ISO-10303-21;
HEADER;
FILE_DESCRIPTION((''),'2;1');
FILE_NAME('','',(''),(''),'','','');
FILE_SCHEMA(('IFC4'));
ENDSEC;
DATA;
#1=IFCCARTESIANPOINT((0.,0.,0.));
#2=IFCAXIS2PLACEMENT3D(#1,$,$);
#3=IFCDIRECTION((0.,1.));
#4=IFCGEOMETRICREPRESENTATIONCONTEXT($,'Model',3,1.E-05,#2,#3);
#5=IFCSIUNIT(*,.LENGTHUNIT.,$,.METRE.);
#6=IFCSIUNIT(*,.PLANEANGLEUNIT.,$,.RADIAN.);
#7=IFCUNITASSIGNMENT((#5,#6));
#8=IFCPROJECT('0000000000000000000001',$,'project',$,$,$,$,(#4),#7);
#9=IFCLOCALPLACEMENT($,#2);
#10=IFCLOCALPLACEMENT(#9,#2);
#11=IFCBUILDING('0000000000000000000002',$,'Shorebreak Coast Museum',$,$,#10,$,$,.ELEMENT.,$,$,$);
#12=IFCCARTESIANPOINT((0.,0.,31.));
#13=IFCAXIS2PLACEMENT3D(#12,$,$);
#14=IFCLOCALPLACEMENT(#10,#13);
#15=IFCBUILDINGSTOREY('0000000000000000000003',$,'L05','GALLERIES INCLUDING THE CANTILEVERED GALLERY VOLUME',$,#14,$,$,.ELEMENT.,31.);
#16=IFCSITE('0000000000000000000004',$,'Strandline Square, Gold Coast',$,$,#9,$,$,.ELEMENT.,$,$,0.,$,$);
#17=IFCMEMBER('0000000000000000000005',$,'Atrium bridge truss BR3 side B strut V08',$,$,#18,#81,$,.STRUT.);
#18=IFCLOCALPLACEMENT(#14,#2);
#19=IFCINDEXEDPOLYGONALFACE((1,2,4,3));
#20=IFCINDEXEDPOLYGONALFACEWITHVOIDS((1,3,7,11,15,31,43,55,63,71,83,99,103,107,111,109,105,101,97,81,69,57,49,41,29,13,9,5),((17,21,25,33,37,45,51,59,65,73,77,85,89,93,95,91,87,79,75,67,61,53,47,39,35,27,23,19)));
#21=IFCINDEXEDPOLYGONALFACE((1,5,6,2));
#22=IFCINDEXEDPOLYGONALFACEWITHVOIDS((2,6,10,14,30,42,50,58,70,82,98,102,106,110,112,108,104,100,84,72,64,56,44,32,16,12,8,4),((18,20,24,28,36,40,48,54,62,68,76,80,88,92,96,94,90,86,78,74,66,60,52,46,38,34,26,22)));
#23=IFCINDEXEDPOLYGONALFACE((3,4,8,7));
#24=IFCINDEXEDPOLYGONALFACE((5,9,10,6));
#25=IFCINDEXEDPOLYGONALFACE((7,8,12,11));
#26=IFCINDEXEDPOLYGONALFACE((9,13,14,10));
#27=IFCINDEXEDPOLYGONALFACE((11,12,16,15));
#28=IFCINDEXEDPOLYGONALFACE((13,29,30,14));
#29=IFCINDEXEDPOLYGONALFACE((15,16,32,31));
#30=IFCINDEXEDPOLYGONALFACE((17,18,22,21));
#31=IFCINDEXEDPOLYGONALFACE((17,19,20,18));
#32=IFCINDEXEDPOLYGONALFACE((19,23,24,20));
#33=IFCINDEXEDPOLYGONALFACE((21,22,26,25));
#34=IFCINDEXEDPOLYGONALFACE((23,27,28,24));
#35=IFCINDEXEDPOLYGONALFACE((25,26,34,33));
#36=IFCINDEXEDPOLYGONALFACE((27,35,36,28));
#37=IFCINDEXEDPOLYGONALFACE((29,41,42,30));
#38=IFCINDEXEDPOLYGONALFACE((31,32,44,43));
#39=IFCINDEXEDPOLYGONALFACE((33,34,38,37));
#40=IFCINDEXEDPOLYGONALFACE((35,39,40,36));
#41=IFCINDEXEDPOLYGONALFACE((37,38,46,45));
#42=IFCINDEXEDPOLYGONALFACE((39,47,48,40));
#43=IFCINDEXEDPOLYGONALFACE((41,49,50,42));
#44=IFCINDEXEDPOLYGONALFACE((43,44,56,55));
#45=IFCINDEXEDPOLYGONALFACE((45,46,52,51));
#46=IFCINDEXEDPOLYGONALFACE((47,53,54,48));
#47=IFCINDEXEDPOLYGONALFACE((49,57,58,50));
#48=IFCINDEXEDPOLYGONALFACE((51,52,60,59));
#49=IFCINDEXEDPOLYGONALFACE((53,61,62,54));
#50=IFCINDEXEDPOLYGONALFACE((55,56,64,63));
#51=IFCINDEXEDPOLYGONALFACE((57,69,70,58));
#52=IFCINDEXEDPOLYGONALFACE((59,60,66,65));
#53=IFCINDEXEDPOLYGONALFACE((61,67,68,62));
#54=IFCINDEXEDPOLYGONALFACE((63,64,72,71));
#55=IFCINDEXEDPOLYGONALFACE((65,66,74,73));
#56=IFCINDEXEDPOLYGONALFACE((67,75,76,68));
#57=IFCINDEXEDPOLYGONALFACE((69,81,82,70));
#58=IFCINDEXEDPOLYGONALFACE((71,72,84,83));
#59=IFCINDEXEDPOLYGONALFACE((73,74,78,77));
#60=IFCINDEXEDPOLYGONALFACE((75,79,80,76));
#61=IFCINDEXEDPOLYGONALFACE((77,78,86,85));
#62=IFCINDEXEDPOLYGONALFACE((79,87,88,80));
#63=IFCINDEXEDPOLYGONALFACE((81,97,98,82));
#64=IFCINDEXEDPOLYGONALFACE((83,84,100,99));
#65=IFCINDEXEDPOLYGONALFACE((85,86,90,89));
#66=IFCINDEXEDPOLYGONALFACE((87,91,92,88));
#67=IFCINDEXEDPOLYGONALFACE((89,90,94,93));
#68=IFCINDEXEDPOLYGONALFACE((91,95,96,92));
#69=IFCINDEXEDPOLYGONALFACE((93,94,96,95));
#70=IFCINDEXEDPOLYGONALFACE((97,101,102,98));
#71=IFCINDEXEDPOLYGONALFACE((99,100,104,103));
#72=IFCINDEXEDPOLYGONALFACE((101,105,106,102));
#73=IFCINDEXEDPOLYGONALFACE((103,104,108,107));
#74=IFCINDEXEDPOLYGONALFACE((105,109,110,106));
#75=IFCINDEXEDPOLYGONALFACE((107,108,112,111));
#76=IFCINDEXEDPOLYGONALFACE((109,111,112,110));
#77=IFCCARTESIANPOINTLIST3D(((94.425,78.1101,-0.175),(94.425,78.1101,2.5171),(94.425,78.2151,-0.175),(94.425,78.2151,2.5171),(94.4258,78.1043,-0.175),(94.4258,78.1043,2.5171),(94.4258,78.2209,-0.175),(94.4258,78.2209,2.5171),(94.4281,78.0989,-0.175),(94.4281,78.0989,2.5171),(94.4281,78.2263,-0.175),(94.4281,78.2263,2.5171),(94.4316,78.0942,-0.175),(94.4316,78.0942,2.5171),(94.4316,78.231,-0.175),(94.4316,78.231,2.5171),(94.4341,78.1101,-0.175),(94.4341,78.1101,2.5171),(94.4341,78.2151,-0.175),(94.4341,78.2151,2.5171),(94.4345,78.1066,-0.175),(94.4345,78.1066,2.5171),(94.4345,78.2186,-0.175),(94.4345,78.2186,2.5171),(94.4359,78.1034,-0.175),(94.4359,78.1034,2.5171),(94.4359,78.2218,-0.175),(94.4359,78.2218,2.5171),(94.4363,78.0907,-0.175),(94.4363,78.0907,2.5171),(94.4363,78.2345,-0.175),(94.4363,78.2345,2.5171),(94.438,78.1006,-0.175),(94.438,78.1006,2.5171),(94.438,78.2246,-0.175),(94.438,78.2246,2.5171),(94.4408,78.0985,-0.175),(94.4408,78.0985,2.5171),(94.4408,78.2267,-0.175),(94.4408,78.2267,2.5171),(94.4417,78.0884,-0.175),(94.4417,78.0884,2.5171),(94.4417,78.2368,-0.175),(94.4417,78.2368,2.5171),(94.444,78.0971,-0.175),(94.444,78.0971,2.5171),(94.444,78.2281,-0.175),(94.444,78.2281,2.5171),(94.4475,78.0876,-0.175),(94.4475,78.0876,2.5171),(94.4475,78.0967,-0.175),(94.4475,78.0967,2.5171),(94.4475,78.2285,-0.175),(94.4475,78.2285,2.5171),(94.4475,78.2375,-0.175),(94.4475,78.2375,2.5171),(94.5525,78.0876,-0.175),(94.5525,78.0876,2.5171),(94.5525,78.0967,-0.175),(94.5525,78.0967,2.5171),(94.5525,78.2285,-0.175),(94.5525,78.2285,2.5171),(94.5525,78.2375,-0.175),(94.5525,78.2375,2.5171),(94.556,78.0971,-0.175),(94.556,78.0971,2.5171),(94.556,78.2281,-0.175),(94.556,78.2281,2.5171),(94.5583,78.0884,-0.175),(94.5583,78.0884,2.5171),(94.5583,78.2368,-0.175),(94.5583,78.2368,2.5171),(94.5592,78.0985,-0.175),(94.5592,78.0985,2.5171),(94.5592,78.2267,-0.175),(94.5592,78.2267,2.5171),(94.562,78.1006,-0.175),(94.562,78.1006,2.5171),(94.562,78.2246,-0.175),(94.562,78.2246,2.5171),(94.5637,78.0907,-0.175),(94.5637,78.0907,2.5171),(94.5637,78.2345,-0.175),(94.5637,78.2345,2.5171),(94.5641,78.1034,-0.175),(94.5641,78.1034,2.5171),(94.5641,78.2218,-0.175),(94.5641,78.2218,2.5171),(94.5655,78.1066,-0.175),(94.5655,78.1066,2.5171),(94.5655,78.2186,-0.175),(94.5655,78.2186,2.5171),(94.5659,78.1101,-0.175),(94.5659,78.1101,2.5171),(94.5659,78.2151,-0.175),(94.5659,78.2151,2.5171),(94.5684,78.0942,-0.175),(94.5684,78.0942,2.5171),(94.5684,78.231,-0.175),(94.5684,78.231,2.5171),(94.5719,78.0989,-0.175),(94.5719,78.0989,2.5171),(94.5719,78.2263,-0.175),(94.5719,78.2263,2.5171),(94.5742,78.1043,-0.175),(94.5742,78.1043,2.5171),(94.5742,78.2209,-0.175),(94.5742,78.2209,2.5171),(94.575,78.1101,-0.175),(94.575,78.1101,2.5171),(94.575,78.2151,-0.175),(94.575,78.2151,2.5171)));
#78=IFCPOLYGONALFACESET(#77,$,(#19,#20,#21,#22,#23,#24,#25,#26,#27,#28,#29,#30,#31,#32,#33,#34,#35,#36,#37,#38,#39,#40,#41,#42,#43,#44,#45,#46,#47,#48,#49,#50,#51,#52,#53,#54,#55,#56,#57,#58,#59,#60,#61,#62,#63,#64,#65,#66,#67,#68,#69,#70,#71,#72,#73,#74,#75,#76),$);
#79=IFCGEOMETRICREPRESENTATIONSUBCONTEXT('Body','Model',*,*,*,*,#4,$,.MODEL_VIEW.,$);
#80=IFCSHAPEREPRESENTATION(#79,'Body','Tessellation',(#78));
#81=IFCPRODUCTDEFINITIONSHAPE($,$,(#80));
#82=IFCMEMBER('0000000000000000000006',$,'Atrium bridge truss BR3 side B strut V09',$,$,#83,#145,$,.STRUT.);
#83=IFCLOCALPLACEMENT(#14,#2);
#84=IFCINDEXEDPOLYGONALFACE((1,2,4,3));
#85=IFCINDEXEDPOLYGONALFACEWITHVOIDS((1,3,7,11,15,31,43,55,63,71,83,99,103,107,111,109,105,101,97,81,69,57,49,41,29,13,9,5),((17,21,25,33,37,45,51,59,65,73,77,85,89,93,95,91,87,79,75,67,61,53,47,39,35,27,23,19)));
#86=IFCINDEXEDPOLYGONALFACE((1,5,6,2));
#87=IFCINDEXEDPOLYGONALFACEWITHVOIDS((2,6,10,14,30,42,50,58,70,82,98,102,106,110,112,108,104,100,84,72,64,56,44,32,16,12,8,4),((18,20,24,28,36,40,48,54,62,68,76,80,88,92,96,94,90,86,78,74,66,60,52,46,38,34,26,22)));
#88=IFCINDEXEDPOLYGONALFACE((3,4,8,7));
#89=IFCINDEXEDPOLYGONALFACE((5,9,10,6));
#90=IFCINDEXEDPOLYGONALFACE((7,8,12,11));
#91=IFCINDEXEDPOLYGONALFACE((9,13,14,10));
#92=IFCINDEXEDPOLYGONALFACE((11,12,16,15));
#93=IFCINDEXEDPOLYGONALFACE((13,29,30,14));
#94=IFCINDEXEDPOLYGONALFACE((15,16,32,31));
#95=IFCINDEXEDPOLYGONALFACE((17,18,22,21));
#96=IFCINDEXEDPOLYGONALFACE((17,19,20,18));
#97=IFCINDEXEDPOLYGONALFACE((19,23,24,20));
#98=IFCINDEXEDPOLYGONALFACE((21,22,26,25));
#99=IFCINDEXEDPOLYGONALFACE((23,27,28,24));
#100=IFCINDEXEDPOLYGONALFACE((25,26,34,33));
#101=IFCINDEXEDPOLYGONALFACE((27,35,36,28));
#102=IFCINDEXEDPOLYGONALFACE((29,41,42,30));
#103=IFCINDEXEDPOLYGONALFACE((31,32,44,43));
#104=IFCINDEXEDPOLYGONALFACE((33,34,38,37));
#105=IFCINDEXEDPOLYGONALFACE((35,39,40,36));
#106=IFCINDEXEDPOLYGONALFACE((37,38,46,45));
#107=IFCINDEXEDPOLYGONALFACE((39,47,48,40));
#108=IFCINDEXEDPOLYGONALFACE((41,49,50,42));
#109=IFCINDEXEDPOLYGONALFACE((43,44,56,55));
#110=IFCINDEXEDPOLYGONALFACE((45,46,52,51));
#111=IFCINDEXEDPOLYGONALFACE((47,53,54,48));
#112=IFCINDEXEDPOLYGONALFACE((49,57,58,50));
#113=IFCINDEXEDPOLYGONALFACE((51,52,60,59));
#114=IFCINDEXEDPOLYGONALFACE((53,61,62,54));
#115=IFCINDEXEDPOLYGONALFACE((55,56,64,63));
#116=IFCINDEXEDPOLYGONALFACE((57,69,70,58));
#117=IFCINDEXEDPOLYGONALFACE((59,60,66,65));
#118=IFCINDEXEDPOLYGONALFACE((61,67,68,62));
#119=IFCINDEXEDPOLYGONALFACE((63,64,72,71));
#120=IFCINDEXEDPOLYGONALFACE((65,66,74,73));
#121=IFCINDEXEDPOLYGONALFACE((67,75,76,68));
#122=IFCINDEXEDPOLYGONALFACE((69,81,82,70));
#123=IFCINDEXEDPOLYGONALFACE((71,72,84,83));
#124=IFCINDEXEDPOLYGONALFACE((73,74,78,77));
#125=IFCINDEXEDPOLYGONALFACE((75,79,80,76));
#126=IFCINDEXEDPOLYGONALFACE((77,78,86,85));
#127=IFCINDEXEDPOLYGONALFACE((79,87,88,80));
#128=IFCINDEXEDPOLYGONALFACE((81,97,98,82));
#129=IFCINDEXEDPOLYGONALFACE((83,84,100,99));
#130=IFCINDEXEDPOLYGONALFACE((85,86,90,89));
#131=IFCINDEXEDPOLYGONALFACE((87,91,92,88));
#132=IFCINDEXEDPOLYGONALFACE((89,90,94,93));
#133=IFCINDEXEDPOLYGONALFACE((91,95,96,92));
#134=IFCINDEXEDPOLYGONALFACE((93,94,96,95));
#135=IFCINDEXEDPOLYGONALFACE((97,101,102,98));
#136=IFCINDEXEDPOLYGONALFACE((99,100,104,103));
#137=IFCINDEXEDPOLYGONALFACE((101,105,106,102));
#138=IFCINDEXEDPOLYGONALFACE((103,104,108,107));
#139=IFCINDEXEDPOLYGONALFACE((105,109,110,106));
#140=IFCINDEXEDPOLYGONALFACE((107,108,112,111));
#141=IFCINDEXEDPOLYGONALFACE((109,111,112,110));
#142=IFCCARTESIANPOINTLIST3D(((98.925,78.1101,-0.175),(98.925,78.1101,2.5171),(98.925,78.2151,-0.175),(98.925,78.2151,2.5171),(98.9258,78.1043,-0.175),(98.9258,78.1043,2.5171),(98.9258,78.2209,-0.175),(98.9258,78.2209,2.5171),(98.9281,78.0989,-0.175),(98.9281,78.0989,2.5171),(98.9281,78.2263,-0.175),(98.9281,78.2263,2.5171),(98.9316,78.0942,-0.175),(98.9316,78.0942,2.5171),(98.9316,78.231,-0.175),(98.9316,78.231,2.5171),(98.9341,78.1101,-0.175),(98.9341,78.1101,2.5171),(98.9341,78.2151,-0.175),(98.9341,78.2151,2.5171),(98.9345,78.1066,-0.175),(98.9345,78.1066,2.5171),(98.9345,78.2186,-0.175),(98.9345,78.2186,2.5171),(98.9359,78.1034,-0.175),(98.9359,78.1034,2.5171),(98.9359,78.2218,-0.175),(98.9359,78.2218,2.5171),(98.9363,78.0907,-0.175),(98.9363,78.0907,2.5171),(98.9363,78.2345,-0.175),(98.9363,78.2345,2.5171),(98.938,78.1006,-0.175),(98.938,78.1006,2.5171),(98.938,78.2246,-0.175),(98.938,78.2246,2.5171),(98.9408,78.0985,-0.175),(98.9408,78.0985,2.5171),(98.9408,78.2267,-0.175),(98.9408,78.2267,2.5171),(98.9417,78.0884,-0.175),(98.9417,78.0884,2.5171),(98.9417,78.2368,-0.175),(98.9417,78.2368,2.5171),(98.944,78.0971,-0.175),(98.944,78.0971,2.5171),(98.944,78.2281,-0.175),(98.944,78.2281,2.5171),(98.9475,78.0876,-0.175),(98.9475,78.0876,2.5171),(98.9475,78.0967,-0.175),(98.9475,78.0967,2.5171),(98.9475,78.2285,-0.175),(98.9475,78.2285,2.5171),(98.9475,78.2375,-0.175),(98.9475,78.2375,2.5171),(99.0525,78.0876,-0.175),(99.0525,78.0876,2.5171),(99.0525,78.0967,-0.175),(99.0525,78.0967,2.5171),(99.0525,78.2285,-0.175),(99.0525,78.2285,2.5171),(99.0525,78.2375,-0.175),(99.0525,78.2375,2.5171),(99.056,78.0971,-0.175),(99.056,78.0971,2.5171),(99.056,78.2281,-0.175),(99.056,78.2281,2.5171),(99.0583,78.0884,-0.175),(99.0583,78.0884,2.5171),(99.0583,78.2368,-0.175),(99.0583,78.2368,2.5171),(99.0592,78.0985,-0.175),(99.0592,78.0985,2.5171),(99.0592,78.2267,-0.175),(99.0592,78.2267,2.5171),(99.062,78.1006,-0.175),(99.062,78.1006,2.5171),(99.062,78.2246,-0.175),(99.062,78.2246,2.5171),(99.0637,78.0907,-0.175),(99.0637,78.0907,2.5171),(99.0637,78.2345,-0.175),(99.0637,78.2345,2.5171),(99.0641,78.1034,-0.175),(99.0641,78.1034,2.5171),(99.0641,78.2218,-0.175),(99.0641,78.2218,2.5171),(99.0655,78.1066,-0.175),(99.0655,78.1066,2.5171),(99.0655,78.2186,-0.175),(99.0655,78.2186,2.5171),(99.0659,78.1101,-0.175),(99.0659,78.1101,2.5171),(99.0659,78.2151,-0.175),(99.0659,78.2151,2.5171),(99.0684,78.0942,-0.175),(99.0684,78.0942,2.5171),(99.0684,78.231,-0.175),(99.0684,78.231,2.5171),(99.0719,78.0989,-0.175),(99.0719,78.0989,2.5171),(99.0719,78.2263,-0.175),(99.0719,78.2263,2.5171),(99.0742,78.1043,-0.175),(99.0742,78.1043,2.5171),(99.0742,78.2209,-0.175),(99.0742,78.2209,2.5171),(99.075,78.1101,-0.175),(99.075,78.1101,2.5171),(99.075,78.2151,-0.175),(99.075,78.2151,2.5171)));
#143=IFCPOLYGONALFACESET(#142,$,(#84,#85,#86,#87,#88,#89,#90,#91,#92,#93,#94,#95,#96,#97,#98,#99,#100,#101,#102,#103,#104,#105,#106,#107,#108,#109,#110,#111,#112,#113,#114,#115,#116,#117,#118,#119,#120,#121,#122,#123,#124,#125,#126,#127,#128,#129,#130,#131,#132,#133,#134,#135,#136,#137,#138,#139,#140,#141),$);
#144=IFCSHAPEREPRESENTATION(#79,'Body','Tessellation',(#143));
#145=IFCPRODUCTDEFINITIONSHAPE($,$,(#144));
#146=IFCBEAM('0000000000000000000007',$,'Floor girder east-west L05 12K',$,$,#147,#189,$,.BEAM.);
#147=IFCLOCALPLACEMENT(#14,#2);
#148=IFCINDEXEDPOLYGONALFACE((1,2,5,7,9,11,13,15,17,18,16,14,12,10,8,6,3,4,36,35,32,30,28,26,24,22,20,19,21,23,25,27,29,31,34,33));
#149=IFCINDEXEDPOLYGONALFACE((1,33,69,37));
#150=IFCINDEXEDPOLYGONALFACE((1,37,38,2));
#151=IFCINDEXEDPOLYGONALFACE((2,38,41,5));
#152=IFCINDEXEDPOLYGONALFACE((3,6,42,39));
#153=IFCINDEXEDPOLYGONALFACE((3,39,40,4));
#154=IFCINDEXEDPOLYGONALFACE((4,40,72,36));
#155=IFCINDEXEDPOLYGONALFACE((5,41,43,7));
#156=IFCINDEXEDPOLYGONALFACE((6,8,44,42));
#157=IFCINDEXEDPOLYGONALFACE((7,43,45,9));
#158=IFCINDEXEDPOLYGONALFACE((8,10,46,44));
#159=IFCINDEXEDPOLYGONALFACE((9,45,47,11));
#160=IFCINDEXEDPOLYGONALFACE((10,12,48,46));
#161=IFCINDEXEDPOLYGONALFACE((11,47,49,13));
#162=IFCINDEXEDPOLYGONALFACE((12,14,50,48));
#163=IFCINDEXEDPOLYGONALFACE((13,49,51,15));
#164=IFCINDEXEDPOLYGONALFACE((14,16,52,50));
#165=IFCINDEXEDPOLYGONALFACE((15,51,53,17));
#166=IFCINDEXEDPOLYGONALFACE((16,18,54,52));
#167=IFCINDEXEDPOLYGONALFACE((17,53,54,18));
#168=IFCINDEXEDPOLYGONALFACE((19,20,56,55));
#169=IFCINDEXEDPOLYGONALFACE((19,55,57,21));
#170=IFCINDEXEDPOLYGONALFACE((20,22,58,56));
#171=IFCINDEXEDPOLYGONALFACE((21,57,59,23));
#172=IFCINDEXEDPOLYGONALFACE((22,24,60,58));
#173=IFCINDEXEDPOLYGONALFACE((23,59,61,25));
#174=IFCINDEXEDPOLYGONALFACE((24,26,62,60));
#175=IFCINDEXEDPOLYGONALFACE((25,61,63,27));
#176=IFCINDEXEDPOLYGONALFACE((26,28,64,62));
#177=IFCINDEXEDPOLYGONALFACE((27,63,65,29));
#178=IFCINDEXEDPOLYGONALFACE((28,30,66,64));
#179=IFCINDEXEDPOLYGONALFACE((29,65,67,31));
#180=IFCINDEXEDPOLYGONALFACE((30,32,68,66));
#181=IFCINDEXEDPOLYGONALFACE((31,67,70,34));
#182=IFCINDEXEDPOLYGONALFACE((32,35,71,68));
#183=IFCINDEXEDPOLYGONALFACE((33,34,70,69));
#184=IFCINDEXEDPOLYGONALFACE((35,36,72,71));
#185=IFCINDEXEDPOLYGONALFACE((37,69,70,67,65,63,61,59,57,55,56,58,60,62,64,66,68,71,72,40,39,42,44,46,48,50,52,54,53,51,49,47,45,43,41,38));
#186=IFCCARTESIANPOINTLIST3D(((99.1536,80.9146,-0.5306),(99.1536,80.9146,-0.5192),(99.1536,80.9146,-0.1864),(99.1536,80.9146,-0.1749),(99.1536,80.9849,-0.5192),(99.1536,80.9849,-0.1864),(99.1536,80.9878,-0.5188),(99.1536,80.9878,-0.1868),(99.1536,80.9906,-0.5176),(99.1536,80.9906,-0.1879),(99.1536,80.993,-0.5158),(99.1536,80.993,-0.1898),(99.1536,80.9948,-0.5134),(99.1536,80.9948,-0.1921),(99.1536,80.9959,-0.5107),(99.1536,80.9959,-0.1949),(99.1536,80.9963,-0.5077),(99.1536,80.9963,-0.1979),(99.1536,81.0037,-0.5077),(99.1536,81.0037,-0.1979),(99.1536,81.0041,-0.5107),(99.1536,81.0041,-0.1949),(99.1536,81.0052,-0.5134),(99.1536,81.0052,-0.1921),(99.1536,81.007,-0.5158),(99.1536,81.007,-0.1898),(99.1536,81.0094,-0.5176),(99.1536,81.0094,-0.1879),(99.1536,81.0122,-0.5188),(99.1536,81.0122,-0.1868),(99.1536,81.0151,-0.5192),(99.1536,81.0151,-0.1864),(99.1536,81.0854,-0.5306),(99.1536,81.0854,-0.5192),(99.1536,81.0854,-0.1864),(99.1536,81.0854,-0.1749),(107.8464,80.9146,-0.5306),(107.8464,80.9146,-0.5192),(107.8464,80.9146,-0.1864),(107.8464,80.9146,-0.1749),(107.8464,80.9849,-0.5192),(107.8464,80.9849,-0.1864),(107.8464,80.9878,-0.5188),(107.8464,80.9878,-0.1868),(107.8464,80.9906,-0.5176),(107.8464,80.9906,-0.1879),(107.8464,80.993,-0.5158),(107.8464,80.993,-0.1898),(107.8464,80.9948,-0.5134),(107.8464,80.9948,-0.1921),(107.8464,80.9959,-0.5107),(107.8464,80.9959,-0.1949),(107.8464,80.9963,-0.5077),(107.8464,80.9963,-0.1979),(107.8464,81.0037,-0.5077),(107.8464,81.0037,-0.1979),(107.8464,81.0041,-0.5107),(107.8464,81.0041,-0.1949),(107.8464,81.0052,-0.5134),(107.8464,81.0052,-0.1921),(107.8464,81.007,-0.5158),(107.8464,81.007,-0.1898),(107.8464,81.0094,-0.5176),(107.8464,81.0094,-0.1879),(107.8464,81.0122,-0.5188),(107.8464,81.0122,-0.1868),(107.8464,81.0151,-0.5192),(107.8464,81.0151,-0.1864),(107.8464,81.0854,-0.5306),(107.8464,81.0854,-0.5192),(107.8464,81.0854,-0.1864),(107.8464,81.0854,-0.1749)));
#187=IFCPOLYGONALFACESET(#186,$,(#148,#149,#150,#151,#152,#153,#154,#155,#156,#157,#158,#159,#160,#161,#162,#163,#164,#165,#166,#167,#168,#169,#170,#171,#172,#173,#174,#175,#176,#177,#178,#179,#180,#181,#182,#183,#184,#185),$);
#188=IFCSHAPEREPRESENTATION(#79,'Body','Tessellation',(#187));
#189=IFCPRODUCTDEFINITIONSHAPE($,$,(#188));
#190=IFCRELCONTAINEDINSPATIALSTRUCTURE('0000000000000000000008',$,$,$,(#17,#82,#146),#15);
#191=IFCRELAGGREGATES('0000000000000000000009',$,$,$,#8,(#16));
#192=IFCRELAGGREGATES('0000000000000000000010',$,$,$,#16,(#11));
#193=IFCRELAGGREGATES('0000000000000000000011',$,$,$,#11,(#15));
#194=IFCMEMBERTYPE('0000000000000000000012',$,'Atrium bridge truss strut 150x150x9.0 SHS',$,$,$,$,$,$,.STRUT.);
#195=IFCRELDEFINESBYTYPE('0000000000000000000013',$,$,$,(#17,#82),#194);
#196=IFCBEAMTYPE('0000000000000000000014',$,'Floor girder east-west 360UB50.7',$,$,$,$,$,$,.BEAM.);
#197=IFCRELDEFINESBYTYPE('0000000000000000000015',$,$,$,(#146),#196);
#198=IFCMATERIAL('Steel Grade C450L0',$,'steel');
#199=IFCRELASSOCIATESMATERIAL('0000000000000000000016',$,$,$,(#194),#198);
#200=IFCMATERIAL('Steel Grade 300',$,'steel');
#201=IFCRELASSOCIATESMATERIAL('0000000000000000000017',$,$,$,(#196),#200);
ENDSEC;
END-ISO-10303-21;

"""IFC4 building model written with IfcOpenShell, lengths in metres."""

from ifc_helpers import new_model, si_unit, direction, frame, origin, origin_2d, place, context, subcontext, project, spatial, hollow_rectangle, i_section, extrude, material, material_profile, profile_set, type_object, element, save


model = new_model("IFC4")

# Units and contexts
model_context = context("Model", 3, precision=1e-05, world=origin(), true_north=direction((0.0, 1.0)))
body_context = subcontext(model_context, "Body", "Model", "MODEL_VIEW")
ifc_project = project(units=[si_unit("LENGTHUNIT", "METRE"), si_unit("PLANEANGLEUNIT", "RADIAN")], contexts=[model_context])

# Site, building, storey
site_placement = place(None, origin())
site = spatial("IfcSite", under=ifc_project, at=site_placement, Name="Strandline Square, Gold Coast", CompositionType="ELEMENT", RefElevation=0.0)
building_placement = place(site_placement, origin())
building = spatial("IfcBuilding", under=site, at=building_placement, Name="Shorebreak Coast Museum", CompositionType="ELEMENT")
storey_placement = place(building_placement, frame((0.0, 0.0, 31.0)))
storey = spatial("IfcBuildingStorey", under=building, at=storey_placement, Name="L05", Description="GALLERIES INCLUDING THE CANTILEVERED GALLERY VOLUME", CompositionType="ELEMENT", Elevation=31.0)

# Members
ifc_material_1 = material(Name="Steel Grade C450L0", Category="steel")
ifc_material_profile_1 = material_profile(ifc_material_1, hollow_rectangle(XDim=0.1499, YDim=0.1499, WallThickness=0.009, InnerFilletRadius=0.0134, OuterFilletRadius=0.0225, at=origin_2d()), Name="150x150x9.0 SHS")
ifc_profile_set_1 = profile_set([ifc_material_profile_1], Name="Steel Grade C450L0")
member_type_1 = type_object("IfcMemberType", Name="Atrium bridge truss strut 150x150x9.0 SHS", PredefinedType="STRUT", material=ifc_profile_set_1)
for number, where, z_axis, x_axis, name in (
    (1, (94.5, 78.1626, -0.175), (0.0, 0.0, 1.0), (1.0, 0.0, 0.0), "Atrium bridge truss BR3 side B strut V08"),
    (2, (99.0, 78.1626, -0.175), (0.0, 0.0, 1.0), (1.0, 0.0, 0.0), "Atrium bridge truss BR3 side B strut V09"),
):
    element("IfcMember", number, at=place(storey_placement, frame(where, z_axis=z_axis, x_axis=x_axis)), inside=storey, type_object=member_type_1, Name=name, PredefinedType="STRUT", context=body_context, shape_type="SweptSolid", body=[
        extrude(hollow_rectangle(XDim=0.1499, YDim=0.1499, WallThickness=0.009, InnerFilletRadius=0.0134, OuterFilletRadius=0.0225, at=origin_2d()), origin(), (0.0, 0.0, 1.0), 2.6921),
    ])

# Beam
ifc_material_2 = material(Name="Steel Grade 300", Category="steel")
ifc_material_profile_2 = material_profile(ifc_material_2, i_section(OverallWidth=0.1709, OverallDepth=0.3557, WebThickness=0.0073, FlangeThickness=0.0115, FilletRadius=0.0115, at=origin_2d()), Name="360UB50.7")
ifc_profile_set_2 = profile_set([ifc_material_profile_2], Name="Steel Grade 300")
beam_type = type_object("IfcBeamType", Name="Floor girder east-west 360UB50.7", PredefinedType="BEAM", material=ifc_profile_set_2)
beam_placement = place(storey_placement, frame((99.1536, 81.0, -0.3528), z_axis=(1.0, 0.0, 0.0), x_axis=(0.0, 1.0, 0.0)))
element("IfcBeam", 3, at=beam_placement, inside=storey, type_object=beam_type, Name="Floor girder east-west L05 12K", PredefinedType="BEAM", context=body_context, shape_type="SweptSolid", body=[
    extrude(i_section(OverallWidth=0.1709, OverallDepth=0.3557, WebThickness=0.0073, FlangeThickness=0.0115, FilletRadius=0.0115, at=origin_2d()), origin(), (0.0, 0.0, 1.0), 8.6929),
])

save(model, "model.ifc")
